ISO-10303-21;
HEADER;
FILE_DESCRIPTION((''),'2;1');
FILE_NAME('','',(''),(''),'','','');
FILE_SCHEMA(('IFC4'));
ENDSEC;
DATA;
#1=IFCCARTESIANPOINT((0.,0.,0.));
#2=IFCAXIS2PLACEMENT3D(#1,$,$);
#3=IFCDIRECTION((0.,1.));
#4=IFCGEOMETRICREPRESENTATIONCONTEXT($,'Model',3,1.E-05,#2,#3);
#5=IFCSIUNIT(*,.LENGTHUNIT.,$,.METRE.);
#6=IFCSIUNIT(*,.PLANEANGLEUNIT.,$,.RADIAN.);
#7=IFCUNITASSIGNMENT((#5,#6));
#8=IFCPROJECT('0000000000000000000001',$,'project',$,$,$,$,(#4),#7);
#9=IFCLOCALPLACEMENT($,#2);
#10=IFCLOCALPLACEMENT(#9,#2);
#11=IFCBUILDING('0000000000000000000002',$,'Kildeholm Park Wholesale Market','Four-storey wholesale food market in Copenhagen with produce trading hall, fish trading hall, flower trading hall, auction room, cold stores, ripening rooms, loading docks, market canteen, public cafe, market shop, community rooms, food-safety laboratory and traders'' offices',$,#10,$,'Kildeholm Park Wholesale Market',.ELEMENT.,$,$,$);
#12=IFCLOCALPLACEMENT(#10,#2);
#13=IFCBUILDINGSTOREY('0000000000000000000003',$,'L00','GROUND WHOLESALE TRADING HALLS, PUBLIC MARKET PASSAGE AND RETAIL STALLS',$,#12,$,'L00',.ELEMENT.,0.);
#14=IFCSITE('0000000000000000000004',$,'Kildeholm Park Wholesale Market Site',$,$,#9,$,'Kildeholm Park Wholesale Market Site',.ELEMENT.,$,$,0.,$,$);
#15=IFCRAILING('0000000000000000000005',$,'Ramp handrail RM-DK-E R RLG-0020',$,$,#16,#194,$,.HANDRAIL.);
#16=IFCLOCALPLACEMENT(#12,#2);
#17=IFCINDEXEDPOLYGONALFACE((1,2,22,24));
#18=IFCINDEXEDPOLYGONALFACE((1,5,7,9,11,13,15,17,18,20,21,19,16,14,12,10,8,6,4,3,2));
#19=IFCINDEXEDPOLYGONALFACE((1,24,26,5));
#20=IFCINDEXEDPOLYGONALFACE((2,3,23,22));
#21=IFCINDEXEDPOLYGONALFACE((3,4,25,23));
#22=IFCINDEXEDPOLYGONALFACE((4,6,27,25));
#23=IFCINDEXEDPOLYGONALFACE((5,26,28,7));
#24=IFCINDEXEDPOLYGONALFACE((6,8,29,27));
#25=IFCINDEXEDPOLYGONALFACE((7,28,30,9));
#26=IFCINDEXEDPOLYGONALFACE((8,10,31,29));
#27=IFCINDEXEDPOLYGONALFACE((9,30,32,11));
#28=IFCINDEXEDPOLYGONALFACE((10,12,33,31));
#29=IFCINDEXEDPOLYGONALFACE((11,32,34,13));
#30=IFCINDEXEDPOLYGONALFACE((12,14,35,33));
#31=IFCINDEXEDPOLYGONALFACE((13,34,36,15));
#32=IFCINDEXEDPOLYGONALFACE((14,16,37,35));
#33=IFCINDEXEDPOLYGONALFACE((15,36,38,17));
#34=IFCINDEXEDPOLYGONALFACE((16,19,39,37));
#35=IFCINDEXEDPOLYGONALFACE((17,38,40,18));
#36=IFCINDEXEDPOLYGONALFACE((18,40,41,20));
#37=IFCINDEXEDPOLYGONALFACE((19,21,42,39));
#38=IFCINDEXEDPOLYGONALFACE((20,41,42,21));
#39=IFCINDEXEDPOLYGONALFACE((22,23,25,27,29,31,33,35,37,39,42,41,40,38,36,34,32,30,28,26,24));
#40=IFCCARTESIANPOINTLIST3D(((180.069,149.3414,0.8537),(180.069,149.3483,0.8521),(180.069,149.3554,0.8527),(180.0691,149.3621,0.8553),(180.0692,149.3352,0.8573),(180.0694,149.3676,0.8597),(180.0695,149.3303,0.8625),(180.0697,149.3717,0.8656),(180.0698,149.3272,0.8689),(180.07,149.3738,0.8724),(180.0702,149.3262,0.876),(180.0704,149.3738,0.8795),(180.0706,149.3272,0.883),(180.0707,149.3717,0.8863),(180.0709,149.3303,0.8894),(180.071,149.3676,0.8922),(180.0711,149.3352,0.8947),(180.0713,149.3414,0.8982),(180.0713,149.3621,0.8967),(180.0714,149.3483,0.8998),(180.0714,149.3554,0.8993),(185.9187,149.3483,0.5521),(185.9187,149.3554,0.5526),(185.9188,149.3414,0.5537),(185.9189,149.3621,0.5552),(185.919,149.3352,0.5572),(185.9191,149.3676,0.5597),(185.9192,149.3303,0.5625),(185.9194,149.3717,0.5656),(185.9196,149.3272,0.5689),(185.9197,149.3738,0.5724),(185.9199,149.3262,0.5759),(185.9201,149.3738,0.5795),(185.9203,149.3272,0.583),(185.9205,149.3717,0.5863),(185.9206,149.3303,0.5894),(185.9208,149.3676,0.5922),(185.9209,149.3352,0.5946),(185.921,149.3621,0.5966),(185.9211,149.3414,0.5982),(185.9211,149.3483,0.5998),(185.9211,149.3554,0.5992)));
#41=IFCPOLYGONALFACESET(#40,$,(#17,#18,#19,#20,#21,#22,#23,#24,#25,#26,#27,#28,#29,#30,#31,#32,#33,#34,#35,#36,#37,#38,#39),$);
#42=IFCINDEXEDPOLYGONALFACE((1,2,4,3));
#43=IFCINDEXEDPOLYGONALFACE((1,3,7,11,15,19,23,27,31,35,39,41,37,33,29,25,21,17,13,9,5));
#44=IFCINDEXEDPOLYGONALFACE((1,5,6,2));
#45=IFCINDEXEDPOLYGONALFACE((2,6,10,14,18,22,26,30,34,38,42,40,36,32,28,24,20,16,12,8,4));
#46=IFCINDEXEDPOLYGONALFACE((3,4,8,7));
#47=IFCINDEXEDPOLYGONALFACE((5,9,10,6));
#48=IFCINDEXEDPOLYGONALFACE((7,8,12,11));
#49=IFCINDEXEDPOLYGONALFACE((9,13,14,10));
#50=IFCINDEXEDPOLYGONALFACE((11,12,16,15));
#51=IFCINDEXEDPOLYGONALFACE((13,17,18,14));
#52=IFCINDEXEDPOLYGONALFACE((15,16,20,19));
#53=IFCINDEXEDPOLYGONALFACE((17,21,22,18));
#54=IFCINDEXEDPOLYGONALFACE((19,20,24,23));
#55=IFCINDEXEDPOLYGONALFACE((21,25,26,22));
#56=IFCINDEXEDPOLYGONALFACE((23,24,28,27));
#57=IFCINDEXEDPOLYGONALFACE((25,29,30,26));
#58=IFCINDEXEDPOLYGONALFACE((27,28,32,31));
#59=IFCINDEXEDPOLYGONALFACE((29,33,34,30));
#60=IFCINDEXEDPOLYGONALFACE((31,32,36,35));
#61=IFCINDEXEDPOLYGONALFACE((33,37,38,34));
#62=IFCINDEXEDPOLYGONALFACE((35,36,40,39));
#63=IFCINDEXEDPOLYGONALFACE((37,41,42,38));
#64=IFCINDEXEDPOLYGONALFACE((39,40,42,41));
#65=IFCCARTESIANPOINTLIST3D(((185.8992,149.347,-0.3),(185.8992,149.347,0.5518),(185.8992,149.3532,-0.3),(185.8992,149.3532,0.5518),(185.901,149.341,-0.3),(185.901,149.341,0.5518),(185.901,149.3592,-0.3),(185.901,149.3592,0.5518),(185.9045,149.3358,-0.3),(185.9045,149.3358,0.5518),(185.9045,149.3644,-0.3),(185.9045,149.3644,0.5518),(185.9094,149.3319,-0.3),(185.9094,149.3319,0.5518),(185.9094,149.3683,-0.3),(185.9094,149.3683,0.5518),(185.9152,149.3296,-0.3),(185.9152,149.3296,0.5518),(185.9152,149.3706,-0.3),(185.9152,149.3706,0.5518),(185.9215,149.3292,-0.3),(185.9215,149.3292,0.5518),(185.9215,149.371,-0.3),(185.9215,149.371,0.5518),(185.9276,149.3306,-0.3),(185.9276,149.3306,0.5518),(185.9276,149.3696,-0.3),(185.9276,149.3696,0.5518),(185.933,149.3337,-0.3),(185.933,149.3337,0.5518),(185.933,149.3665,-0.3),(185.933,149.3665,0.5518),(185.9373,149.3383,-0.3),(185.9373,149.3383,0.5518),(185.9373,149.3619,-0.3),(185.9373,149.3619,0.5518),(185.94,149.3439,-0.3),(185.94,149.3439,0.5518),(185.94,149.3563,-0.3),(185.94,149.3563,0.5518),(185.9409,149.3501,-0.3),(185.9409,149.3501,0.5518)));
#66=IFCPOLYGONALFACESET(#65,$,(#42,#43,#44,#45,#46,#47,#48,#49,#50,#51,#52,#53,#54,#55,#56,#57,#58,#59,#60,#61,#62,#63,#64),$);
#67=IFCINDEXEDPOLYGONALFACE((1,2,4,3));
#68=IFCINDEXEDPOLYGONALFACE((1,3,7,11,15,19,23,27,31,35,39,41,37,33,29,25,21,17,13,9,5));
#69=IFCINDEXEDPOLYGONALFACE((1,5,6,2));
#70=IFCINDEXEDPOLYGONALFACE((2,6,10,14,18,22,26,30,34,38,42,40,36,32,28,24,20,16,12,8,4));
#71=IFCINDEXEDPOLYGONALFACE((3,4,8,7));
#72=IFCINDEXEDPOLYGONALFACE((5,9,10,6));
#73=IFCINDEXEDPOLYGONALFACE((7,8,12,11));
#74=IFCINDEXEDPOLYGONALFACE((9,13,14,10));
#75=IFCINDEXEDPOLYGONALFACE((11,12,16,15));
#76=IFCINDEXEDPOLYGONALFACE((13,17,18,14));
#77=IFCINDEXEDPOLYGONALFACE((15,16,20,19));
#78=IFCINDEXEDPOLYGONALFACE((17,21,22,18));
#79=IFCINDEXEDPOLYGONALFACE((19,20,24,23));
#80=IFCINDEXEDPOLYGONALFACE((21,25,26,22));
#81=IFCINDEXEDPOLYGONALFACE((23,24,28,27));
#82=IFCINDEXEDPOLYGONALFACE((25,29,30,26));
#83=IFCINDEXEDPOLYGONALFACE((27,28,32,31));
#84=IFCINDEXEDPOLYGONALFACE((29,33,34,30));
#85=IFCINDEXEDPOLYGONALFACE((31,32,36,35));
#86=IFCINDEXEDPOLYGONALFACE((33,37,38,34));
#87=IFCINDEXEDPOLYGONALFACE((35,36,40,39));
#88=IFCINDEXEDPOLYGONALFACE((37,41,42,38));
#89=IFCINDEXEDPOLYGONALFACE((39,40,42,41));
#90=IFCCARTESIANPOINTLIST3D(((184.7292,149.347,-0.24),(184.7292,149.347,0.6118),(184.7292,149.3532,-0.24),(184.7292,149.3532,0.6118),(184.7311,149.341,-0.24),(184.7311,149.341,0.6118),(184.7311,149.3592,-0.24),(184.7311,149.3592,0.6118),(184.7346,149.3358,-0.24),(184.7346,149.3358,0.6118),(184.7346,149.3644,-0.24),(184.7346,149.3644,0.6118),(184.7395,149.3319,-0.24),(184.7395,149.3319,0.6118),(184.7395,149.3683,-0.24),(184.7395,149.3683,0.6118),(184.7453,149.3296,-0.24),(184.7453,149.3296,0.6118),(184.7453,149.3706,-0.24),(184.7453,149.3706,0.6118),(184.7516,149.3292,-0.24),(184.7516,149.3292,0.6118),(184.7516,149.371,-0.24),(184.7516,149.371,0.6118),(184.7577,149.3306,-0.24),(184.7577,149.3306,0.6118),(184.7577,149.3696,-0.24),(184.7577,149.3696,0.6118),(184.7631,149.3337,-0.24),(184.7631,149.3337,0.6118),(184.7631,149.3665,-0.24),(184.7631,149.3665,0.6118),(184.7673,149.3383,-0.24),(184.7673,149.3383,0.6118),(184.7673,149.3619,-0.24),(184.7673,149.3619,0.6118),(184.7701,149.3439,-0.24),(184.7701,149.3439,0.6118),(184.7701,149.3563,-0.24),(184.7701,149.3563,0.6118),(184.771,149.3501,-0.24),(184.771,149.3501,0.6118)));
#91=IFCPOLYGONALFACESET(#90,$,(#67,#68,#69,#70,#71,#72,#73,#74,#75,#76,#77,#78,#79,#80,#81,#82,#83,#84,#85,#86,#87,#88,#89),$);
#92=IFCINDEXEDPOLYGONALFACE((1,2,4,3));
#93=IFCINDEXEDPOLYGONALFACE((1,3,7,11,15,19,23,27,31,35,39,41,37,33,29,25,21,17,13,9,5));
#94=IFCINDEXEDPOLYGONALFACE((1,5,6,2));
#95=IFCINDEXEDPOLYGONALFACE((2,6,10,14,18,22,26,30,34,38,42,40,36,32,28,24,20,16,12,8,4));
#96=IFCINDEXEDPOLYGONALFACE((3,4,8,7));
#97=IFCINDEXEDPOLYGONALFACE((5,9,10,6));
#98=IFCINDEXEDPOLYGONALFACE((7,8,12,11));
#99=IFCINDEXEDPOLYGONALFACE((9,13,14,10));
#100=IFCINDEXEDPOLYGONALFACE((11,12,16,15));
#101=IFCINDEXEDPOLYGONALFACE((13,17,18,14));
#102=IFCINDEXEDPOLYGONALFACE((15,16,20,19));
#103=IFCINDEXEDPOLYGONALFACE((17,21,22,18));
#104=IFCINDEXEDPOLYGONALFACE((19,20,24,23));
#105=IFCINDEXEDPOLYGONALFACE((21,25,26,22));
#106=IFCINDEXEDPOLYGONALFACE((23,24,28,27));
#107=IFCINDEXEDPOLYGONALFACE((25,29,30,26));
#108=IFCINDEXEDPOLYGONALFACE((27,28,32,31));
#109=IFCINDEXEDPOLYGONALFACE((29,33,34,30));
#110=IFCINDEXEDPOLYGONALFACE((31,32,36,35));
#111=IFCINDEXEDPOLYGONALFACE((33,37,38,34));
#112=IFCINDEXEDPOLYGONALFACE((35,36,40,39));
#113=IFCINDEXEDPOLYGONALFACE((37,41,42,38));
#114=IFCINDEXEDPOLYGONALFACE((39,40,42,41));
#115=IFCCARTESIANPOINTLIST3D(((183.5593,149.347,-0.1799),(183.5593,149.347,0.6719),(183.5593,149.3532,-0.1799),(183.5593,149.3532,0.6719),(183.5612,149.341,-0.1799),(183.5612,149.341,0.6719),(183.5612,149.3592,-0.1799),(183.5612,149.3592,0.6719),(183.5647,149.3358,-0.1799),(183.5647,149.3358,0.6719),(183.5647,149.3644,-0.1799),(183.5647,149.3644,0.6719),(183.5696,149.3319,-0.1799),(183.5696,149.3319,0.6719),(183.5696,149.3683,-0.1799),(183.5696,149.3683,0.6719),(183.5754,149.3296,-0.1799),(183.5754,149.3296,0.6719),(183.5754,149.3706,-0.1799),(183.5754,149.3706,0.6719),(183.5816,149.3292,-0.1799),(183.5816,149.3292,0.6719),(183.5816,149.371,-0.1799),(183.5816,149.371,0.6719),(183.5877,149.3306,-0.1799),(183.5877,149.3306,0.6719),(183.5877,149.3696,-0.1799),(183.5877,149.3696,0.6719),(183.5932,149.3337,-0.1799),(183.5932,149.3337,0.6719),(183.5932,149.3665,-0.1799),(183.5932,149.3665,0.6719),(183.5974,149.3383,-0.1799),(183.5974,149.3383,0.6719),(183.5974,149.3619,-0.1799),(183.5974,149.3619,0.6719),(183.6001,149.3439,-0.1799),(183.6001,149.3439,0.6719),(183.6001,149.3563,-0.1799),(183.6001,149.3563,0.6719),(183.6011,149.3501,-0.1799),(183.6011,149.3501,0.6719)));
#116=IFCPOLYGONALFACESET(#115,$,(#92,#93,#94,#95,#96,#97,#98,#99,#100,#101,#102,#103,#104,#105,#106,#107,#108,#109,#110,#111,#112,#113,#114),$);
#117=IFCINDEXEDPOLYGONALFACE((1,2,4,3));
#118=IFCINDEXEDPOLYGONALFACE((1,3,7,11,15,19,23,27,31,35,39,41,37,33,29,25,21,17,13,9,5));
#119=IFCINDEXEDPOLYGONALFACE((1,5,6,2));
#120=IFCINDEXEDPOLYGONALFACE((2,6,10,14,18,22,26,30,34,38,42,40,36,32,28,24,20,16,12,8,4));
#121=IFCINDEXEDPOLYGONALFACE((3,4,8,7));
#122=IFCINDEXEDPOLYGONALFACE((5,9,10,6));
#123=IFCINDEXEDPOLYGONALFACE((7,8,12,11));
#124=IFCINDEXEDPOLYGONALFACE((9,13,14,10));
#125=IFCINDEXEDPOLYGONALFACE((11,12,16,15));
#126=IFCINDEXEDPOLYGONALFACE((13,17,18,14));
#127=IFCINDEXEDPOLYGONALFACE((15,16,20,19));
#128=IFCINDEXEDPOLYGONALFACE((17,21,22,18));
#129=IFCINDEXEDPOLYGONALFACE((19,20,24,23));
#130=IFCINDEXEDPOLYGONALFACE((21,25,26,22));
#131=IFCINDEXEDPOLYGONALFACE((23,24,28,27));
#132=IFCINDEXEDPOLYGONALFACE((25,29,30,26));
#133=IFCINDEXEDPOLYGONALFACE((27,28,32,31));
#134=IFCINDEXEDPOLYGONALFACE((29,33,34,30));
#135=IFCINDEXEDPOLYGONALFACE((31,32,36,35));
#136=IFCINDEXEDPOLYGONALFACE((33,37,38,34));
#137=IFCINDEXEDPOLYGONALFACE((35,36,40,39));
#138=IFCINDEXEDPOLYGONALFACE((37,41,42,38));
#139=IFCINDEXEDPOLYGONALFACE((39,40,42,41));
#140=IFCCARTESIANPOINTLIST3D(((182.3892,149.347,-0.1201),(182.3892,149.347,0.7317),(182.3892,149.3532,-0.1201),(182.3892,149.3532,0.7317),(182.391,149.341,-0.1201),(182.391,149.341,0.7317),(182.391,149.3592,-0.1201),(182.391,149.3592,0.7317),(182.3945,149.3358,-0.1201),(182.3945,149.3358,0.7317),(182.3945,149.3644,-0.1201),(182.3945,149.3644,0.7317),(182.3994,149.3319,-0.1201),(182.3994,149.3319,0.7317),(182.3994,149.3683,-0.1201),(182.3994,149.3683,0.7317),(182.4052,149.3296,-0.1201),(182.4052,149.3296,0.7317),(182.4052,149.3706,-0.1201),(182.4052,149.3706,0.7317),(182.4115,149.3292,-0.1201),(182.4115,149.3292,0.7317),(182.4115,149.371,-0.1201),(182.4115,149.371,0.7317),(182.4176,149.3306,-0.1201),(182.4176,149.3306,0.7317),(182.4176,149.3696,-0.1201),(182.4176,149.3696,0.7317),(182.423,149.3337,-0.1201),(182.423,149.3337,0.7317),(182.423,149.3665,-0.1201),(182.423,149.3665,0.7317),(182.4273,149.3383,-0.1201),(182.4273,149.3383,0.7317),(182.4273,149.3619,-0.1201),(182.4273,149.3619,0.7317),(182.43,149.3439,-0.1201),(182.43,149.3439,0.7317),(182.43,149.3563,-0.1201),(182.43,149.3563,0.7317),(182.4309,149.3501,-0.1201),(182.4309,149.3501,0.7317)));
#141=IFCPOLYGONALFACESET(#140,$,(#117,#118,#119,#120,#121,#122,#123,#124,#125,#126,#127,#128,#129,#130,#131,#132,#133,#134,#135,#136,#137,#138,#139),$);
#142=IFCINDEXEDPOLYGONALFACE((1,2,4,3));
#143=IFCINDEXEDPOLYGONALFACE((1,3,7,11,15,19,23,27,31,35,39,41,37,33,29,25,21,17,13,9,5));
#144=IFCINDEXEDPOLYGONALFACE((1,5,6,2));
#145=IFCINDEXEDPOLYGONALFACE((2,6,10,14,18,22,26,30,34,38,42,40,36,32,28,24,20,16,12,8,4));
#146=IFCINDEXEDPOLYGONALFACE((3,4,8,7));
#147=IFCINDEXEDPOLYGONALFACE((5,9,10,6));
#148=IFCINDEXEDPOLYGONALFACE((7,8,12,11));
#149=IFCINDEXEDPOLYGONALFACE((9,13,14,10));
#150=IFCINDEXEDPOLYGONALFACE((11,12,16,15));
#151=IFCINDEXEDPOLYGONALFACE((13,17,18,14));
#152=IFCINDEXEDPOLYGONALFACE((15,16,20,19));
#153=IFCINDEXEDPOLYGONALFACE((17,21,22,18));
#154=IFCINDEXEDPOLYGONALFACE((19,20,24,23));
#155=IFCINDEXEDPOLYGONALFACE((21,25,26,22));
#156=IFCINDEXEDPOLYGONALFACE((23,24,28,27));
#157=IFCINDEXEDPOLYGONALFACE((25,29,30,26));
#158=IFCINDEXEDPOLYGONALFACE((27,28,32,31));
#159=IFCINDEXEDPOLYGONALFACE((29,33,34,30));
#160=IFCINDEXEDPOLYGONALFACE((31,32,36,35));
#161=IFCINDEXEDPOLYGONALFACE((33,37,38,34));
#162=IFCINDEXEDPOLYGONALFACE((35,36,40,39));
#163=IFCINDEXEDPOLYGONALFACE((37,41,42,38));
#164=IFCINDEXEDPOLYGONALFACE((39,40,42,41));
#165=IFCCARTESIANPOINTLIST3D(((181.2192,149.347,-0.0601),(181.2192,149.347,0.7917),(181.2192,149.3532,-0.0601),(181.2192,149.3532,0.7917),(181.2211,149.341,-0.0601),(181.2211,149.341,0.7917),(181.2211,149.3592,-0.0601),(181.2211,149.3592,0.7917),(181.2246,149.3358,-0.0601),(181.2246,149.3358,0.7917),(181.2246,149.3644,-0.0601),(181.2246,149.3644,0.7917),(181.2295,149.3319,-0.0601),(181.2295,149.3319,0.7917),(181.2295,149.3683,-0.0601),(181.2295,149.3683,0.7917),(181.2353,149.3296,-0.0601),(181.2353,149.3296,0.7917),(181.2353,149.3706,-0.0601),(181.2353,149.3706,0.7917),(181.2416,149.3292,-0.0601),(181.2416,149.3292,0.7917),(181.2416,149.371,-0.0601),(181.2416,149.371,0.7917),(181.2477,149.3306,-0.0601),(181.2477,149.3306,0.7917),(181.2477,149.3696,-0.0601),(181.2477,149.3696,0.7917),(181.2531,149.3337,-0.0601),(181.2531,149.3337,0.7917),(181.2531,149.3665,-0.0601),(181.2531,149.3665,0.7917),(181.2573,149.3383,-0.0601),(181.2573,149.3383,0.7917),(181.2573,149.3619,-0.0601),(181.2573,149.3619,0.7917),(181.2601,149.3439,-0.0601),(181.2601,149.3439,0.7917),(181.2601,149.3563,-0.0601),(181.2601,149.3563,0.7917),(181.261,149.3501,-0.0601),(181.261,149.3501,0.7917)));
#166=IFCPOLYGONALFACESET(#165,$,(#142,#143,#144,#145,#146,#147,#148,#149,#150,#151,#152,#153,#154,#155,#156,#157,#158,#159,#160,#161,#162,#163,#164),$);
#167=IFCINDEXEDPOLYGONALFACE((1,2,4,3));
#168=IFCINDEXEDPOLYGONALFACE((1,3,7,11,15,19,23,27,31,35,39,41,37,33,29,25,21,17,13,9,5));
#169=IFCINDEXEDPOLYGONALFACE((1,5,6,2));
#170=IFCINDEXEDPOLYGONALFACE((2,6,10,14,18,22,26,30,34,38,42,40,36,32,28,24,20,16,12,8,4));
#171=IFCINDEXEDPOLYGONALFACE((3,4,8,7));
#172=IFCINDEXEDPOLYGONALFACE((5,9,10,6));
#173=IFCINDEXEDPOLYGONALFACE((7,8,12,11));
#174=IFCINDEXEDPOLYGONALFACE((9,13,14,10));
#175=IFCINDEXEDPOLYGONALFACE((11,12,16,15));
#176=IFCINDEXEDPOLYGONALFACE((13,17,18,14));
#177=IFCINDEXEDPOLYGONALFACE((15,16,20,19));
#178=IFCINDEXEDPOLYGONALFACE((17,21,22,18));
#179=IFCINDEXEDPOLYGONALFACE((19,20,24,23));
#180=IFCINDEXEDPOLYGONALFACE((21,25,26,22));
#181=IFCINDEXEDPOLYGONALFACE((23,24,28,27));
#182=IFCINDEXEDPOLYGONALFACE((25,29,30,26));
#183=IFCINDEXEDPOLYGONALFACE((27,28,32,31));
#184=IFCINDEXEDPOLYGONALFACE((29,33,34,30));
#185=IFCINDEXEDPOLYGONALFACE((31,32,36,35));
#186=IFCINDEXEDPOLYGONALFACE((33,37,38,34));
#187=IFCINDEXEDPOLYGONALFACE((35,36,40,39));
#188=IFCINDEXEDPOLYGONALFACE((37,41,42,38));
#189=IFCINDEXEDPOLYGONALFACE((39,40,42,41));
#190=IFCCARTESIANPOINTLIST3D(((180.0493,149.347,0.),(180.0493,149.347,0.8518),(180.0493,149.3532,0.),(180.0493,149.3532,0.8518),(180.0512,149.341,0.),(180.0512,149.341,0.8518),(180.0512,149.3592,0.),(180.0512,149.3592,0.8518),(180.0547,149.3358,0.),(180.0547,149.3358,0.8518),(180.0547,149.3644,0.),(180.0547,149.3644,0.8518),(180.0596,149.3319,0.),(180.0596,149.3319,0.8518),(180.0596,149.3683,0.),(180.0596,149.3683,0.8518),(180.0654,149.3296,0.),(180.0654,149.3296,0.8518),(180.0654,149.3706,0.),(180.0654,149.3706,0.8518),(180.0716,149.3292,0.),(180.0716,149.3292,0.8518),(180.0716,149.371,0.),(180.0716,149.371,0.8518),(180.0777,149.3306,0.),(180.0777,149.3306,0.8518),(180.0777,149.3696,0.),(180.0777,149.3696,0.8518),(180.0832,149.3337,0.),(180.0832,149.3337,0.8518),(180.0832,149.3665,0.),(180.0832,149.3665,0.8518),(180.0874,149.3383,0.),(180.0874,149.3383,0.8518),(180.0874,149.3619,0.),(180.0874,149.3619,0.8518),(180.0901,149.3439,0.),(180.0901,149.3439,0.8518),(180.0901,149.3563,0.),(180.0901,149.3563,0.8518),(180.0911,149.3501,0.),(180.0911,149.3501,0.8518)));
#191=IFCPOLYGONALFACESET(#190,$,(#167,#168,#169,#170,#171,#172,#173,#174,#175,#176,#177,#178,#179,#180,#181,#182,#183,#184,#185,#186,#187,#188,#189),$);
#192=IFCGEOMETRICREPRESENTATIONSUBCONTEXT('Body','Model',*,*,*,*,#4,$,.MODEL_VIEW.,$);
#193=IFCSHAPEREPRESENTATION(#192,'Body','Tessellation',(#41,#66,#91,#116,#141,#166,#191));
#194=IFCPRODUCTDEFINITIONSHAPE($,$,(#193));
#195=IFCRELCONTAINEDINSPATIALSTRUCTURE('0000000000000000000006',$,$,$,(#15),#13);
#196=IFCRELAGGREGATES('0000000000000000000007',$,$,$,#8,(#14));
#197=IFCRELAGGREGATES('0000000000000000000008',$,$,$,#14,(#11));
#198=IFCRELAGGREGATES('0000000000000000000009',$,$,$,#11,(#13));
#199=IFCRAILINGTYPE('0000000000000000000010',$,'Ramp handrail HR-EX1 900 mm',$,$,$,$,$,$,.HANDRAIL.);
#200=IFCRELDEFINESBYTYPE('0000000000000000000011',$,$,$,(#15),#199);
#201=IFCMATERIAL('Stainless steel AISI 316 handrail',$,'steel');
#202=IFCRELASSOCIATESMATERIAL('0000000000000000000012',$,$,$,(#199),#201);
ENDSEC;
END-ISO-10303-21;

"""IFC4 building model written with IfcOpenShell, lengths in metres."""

from ifc_helpers import new_model, si_unit, direction, frame, origin, origin_2d, place, context, subcontext, project, spatial, circle, extrude, material, type_object, element, save


model = new_model("IFC4")

# Units and contexts
model_context = context("Model", 3, precision=1e-05, world=origin(), true_north=direction((0.0, 1.0)))
body_context = subcontext(model_context, "Body", "Model", "MODEL_VIEW")
ifc_project = project(units=[si_unit("LENGTHUNIT", "METRE"), si_unit("PLANEANGLEUNIT", "RADIAN")], contexts=[model_context])

# Site, building, storey
site_placement = place(None, origin())
site = spatial("IfcSite", under=ifc_project, at=site_placement, Name="Kildeholm Park Wholesale Market Site", LongName="Kildeholm Park Wholesale Market Site", CompositionType="ELEMENT", RefElevation=0.0)
building_placement = place(site_placement, origin())
building = spatial("IfcBuilding", under=site, at=building_placement, Name="Kildeholm Park Wholesale Market", Description="Four-storey wholesale food market in Copenhagen with produce trading hall, fish trading hall, flower trading hall, auction room, cold stores, ripening rooms, loading docks, market canteen, public cafe, market shop, community rooms, food-safety laboratory and traders' offices", LongName="Kildeholm Park Wholesale Market", CompositionType="ELEMENT")
storey_placement = place(building_placement, origin())
storey = spatial("IfcBuildingStorey", under=building, at=storey_placement, Name="L00", Description="GROUND WHOLESALE TRADING HALLS, PUBLIC MARKET PASSAGE AND RETAIL STALLS", LongName="L00", CompositionType="ELEMENT", Elevation=0.0)

# Railing
ifc_material_1 = material(Name="Stainless steel AISI 316 handrail", Category="steel")
railing_type = type_object("IfcRailingType", Name="Ramp handrail HR-EX1 900 mm", PredefinedType="HANDRAIL", material=ifc_material_1)
for number, where, name in (
    (1, (185.9199, 149.3501, -0.3), "Ramp handrail RM-DK-E R RLG-0020"),
):
    element("IfcRailing", number, at=place(storey_placement, frame(where)), inside=storey, type_object=railing_type, Name=name, PredefinedType="HANDRAIL", context=body_context, shape_type="SweptSolid", body=[
        extrude(circle(Radius=0.0239, at=origin_2d()), frame((0.0, 0.0, 0.876), z_axis=(-0.998687, 0.0, 0.051224), x_axis=(0.0, -1.0, 0.0)), (0.0, 0.0, 1.0), 5.8574),
        extrude(circle(Radius=0.021, at=origin_2d()), origin(), (0.0, 0.0, 1.0), 0.8518),
        extrude(circle(Radius=0.021, at=origin_2d()), frame((-1.1699, 0.0, 0.0601)), (0.0, 0.0, 1.0), 0.8518),
        extrude(circle(Radius=0.021, at=origin_2d()), frame((-2.3398, 0.0, 0.1201)), (0.0, 0.0, 1.0), 0.8518),
        extrude(circle(Radius=0.021, at=origin_2d()), frame((-3.51, 0.0, 0.1799)), (0.0, 0.0, 1.0), 0.8518),
        extrude(circle(Radius=0.021, at=origin_2d()), frame((-4.6799, 0.0, 0.24)), (0.0, 0.0, 1.0), 0.8518),
        extrude(circle(Radius=0.021, at=origin_2d()), frame((-5.8499, 0.0, 0.3)), (0.0, 0.0, 1.0), 0.8518),
    ])

save(model, "model.ifc")
